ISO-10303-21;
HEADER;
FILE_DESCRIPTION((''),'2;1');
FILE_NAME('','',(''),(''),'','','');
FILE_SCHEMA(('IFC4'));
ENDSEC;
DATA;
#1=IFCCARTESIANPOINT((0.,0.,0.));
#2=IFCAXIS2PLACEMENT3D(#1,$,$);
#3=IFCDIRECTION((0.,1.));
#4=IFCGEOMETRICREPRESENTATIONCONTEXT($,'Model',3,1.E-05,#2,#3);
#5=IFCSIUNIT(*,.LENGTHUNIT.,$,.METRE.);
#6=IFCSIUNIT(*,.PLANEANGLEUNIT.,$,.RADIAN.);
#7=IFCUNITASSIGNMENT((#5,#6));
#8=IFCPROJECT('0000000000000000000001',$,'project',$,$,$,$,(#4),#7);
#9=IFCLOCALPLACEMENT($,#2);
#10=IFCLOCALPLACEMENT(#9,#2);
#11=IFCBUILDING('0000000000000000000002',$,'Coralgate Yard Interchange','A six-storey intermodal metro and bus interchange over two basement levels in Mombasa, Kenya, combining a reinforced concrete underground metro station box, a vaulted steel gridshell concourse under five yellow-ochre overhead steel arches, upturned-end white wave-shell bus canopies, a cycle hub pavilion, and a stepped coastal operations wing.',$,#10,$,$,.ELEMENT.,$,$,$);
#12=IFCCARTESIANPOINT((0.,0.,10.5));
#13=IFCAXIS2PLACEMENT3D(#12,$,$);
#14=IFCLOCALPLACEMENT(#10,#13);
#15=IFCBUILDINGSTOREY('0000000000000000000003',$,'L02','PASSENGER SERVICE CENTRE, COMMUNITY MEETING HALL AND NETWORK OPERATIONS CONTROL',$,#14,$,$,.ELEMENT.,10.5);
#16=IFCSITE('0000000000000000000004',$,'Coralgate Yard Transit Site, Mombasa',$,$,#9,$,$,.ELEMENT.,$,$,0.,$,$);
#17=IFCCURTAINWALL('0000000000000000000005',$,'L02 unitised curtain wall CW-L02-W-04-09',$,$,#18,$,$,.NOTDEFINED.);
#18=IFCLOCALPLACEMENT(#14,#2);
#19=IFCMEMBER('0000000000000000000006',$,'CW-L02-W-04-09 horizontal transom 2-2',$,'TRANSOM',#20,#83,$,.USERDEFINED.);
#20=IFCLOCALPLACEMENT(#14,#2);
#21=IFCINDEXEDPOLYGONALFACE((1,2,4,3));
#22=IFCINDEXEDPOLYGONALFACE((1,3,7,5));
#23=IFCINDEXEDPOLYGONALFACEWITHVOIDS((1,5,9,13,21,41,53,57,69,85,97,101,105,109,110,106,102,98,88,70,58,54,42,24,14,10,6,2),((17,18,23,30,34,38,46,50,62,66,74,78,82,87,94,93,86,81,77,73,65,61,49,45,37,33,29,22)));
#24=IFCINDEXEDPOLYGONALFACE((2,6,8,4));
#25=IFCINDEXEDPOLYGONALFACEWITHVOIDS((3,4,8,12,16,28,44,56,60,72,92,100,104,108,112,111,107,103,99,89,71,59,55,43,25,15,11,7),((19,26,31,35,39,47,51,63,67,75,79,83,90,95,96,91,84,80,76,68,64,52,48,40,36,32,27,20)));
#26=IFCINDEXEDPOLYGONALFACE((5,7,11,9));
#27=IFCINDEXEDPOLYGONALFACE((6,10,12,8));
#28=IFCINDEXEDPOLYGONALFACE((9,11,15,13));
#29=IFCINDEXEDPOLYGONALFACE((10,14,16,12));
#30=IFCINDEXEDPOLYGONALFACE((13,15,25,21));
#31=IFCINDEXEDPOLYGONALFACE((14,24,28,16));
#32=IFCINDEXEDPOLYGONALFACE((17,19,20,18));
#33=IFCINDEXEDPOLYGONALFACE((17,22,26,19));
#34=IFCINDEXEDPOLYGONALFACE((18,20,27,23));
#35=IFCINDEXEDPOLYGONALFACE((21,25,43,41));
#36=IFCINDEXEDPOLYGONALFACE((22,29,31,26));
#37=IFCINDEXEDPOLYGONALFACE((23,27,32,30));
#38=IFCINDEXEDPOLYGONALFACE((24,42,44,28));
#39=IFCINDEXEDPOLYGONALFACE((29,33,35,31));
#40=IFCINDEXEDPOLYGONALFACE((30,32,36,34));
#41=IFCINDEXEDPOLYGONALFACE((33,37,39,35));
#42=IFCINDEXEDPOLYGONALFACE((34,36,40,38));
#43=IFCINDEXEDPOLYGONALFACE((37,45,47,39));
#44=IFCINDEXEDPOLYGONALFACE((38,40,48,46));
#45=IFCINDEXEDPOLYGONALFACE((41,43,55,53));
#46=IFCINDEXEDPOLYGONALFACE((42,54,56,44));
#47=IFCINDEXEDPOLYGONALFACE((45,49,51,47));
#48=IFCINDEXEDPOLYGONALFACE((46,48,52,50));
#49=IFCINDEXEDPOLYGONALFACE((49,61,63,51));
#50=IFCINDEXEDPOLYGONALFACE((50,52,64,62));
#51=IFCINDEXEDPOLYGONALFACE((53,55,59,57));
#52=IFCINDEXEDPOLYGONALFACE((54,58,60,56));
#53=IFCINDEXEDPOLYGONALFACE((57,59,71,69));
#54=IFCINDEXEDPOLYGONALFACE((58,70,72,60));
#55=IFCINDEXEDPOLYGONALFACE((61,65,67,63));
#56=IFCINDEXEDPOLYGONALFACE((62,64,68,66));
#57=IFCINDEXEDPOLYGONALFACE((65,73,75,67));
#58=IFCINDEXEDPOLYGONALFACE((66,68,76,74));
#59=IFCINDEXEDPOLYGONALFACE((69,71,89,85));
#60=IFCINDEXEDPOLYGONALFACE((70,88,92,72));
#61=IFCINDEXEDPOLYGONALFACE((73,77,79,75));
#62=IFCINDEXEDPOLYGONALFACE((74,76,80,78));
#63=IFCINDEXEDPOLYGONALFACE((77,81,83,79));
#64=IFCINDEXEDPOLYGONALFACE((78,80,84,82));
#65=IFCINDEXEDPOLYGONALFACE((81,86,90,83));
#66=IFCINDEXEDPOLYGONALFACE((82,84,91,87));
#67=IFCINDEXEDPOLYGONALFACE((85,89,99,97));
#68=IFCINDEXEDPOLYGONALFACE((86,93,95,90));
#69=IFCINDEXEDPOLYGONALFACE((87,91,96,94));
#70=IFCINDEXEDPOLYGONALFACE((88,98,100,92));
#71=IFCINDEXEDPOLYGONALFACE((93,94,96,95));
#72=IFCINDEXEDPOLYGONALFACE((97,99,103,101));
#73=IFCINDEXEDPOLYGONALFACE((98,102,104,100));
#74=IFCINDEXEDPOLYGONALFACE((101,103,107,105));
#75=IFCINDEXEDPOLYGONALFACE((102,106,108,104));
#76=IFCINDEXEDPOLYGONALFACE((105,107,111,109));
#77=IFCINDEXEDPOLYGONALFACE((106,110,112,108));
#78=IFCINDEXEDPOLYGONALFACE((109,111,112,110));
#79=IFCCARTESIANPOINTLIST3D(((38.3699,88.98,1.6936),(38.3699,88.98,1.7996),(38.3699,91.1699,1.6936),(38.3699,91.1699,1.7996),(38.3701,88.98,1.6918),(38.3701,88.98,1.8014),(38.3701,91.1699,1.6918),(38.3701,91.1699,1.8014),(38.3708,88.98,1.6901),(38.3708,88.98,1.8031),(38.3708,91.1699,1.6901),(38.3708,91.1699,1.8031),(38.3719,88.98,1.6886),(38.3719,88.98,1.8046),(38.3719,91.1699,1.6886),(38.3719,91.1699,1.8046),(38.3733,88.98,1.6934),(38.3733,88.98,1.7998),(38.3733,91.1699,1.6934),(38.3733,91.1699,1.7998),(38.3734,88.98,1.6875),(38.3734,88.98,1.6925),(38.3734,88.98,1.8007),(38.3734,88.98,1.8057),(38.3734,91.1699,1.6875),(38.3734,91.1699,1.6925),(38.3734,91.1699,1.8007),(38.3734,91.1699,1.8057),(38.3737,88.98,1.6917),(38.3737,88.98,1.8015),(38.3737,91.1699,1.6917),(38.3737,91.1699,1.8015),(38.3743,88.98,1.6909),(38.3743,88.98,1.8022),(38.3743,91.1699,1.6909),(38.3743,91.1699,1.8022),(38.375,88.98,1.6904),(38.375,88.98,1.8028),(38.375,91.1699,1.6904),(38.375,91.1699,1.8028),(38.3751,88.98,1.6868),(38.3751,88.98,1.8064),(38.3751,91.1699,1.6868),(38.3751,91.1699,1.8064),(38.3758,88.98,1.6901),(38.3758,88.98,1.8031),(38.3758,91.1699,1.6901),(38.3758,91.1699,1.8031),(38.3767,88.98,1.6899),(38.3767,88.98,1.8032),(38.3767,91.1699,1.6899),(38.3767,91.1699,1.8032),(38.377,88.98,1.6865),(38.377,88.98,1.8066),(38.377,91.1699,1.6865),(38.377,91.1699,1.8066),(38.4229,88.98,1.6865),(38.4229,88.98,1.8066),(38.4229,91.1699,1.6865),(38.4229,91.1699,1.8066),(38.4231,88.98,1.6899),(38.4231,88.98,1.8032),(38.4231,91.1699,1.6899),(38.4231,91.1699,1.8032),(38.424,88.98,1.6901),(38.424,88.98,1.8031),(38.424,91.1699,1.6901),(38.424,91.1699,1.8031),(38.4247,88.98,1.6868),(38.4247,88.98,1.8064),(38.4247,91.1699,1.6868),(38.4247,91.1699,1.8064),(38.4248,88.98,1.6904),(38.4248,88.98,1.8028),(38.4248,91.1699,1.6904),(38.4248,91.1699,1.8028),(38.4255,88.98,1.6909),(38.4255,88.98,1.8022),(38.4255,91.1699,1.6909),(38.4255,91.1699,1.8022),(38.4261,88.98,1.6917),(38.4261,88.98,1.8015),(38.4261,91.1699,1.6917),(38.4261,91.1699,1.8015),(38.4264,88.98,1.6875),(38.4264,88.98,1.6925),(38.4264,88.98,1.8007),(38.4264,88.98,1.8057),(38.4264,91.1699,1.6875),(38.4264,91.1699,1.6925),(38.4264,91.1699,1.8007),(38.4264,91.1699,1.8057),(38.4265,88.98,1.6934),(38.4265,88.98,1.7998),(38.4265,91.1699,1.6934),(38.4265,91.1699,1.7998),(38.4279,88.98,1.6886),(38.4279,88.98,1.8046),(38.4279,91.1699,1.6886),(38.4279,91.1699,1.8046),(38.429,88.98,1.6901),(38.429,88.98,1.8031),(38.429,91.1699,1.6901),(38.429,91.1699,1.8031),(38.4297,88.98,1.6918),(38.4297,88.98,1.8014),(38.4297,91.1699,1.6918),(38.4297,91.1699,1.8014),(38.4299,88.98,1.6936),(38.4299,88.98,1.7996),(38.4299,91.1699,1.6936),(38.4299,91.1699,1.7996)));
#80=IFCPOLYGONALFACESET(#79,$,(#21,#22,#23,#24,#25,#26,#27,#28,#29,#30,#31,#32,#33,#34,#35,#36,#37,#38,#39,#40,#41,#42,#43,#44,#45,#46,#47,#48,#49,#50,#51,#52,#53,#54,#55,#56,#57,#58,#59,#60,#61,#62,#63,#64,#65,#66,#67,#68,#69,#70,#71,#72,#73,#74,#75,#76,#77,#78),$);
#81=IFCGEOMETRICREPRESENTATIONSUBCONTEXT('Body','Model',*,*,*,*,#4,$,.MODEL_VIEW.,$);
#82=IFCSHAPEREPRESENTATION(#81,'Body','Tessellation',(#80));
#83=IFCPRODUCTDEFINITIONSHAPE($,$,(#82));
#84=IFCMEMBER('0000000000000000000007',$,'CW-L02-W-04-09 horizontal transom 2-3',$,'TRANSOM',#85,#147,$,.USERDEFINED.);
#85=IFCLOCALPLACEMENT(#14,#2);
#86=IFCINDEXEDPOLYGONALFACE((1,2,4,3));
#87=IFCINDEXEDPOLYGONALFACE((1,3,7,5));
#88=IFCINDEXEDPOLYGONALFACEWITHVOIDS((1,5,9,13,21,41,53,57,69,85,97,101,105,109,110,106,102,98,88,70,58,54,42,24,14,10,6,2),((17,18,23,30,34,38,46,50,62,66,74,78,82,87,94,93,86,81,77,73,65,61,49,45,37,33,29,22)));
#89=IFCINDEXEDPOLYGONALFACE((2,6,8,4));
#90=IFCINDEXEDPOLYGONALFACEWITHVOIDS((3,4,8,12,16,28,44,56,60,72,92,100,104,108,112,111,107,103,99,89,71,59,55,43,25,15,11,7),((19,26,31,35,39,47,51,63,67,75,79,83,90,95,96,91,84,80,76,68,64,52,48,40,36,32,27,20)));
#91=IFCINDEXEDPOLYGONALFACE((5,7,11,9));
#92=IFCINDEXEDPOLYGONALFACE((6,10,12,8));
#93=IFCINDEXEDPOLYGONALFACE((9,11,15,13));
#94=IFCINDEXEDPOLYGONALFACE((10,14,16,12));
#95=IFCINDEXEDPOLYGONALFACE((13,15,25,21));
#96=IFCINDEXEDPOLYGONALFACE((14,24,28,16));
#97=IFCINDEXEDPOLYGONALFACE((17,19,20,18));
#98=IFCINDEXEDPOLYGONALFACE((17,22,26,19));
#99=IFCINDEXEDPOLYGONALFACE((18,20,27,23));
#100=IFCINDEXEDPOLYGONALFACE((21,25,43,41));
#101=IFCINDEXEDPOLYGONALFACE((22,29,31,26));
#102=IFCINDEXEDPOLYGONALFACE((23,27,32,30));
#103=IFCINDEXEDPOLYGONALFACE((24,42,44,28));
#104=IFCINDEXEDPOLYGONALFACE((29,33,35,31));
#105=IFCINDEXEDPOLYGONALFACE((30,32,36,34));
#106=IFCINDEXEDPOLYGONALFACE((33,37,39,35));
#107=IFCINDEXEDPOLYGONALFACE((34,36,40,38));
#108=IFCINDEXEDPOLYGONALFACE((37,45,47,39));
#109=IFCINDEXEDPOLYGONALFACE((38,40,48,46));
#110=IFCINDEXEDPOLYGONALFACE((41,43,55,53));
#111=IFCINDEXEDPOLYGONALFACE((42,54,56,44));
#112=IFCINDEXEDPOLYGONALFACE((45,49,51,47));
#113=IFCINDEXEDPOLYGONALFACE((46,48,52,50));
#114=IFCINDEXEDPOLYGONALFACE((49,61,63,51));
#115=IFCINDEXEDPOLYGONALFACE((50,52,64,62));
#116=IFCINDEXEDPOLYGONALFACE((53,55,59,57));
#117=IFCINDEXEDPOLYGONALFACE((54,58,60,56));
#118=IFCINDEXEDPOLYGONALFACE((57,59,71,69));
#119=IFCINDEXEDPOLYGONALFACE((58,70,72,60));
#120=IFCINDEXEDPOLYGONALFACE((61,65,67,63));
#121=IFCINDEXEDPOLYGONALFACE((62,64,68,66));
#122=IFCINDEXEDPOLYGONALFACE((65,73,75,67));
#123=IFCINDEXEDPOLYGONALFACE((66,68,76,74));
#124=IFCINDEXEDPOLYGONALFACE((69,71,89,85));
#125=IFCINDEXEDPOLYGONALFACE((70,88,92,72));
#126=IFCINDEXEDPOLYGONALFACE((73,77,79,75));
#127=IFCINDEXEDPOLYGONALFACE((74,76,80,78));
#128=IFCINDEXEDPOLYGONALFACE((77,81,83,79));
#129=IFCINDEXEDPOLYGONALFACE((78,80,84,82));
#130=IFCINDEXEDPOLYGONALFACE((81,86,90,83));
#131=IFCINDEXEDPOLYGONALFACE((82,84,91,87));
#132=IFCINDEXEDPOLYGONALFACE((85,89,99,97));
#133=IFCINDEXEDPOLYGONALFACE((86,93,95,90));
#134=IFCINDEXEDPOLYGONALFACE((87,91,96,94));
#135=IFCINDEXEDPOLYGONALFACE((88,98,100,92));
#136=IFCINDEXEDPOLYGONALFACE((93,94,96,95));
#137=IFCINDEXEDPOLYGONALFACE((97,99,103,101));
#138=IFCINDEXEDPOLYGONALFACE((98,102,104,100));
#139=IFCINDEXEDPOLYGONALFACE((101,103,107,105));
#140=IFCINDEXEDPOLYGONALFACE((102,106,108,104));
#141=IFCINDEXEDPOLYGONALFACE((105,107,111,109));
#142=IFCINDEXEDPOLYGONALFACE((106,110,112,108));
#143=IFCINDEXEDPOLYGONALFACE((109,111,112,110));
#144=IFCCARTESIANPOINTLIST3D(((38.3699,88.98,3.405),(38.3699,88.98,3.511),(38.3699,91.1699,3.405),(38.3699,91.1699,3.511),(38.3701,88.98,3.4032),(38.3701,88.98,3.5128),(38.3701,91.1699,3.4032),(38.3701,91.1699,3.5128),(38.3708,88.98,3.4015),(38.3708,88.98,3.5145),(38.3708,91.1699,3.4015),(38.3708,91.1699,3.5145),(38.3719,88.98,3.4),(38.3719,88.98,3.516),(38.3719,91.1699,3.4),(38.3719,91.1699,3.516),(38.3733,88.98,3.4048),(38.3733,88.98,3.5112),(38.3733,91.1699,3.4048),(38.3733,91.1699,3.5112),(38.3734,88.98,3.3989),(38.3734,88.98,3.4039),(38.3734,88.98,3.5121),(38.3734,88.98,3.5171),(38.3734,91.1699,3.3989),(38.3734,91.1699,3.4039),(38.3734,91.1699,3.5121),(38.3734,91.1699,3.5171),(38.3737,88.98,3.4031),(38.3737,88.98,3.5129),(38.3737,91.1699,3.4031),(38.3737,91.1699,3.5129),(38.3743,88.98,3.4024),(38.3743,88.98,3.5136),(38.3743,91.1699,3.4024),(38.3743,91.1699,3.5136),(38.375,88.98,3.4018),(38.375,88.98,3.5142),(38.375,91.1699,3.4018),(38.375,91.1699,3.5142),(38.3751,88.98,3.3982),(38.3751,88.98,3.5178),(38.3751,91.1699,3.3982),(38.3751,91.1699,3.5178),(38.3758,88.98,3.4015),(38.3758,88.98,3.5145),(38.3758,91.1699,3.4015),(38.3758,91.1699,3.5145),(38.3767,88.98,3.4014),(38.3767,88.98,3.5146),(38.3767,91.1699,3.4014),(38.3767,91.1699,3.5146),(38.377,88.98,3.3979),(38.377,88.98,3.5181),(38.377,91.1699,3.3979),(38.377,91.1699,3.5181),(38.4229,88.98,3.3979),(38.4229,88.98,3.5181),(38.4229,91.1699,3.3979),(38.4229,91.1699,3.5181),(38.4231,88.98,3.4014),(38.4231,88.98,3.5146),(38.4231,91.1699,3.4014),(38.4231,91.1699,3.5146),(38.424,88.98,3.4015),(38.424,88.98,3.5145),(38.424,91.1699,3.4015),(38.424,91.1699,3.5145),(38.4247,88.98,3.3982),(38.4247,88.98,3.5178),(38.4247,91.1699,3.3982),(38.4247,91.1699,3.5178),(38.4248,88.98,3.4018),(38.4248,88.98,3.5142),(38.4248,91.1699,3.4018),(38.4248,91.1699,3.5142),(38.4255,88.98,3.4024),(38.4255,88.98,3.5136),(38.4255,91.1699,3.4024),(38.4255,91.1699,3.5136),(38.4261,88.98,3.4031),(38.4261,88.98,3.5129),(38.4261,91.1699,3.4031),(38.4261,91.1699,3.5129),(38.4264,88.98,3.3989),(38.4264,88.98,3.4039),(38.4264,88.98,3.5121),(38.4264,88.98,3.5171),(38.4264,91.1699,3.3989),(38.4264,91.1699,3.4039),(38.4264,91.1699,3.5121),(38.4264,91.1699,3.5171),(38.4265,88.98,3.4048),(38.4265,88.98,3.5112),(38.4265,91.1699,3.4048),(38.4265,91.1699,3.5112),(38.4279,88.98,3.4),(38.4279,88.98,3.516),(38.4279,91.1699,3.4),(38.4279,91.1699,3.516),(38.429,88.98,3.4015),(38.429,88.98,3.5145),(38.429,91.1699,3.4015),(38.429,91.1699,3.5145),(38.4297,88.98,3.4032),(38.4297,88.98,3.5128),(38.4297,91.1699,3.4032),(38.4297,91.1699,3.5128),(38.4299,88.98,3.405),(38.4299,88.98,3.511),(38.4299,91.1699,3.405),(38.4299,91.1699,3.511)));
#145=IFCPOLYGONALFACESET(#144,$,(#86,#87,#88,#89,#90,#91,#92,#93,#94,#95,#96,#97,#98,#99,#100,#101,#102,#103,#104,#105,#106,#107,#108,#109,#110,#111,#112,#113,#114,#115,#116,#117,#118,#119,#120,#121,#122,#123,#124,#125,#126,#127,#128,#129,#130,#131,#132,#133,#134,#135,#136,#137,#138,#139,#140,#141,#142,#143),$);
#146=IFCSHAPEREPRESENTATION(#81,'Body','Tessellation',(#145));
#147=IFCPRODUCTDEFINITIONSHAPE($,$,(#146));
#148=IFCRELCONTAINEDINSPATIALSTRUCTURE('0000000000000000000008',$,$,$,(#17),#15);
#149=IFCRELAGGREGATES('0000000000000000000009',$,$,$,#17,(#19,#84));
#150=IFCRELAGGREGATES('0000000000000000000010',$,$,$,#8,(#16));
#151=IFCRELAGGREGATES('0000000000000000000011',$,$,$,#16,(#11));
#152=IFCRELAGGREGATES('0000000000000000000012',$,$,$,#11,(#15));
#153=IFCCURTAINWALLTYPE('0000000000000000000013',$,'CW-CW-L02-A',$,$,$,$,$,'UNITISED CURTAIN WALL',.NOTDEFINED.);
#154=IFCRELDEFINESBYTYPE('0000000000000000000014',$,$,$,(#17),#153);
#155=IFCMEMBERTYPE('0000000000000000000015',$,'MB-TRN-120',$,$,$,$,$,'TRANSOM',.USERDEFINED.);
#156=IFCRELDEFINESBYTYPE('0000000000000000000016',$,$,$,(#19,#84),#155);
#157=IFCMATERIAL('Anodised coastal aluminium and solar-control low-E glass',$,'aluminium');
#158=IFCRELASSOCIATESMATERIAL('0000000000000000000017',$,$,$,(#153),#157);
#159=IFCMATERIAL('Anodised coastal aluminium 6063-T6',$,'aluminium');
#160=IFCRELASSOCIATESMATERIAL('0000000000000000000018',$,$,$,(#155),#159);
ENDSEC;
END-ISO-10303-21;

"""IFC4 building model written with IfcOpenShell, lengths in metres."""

from ifc_helpers import new_model, si_unit, direction, frame, origin, origin_2d, place, context, subcontext, project, spatial, hollow_rectangle, extrude, material, material_profile, profile_set, type_object, element, aggregate, save


model = new_model("IFC4")

# Units and contexts
model_context = context("Model", 3, precision=1e-05, world=origin(), true_north=direction((0.0, 1.0)))
body_context = subcontext(model_context, "Body", "Model", "MODEL_VIEW")
ifc_project = project(units=[si_unit("LENGTHUNIT", "METRE"), si_unit("PLANEANGLEUNIT", "RADIAN")], contexts=[model_context])

# Site, building, storey
site_placement = place(None, origin())
site = spatial("IfcSite", under=ifc_project, at=site_placement, Name="Coralgate Yard Transit Site, Mombasa", CompositionType="ELEMENT", RefElevation=0.0)
building_placement = place(site_placement, origin())
building = spatial("IfcBuilding", under=site, at=building_placement, Name="Coralgate Yard Interchange", Description="A six-storey intermodal metro and bus interchange over two basement levels in Mombasa, Kenya, combining a reinforced concrete underground metro station box, a vaulted steel gridshell concourse under five yellow-ochre overhead steel arches, upturned-end white wave-shell bus canopies, a cycle hub pavilion, and a stepped coastal operations wing.", CompositionType="ELEMENT")
storey_placement = place(building_placement, frame((0.0, 0.0, 10.5)))
storey = spatial("IfcBuildingStorey", under=building, at=storey_placement, Name="L02", Description="PASSENGER SERVICE CENTRE, COMMUNITY MEETING HALL AND NETWORK OPERATIONS CONTROL", CompositionType="ELEMENT", Elevation=10.5)

# Curtain wall
ifc_material_1 = material(Name="Anodised coastal aluminium and solar-control low-E glass", Category="aluminium")
curtain_wall_type = type_object("IfcCurtainWallType", Name="CW-CW-L02-A", ElementType="UNITISED CURTAIN WALL", PredefinedType="NOTDEFINED", material=ifc_material_1)
curtain_wall_1_placement = place(storey_placement, origin())
curtain_wall_1 = element("IfcCurtainWall", 1, at=curtain_wall_1_placement, inside=storey, type_object=curtain_wall_type, Name="L02 unitised curtain wall CW-L02-W-04-09", PredefinedType="NOTDEFINED")
ifc_material_2 = material(Name="Anodised coastal aluminium 6063-T6", Category="aluminium")

# Members
ifc_material_profile_1 = material_profile(ifc_material_2, hollow_rectangle(XDim=0.0601, YDim=0.1201, WallThickness=0.0034, InnerFilletRadius=0.0034, OuterFilletRadius=0.0071, at=origin_2d()), Name="ALU 60x120x3.5")
ifc_profile_set_1 = profile_set([ifc_material_profile_1], Name="Anodised coastal aluminium 6063-T6")
member_type_1 = type_object("IfcMemberType", Name="MB-TRN-120", ElementType="TRANSOM", PredefinedType="USERDEFINED", material=ifc_profile_set_1)
member_1_placement = place(storey_placement, frame((38.3999, 88.98, 1.7466), z_axis=(0.0, 1.0, 0.0), x_axis=(-1.0, 0.0, 0.0)))
member_1 = element("IfcMember", 2, at=member_1_placement, type_object=member_type_1, Name="CW-L02-W-04-09 horizontal transom 2-2", ObjectType="TRANSOM", PredefinedType="USERDEFINED", context=body_context, shape_type="SweptSolid", body=[
    extrude(hollow_rectangle(XDim=0.0601, YDim=0.1201, WallThickness=0.0034, InnerFilletRadius=0.0034, OuterFilletRadius=0.0071, at=origin_2d()), origin(), (0.0, 0.0, 1.0), 2.1899),
])
member_2_placement = place(storey_placement, frame((38.3999, 88.98, 3.458), z_axis=(0.0, 1.0, 0.0), x_axis=(-1.0, 0.0, 0.0)))
member_2 = element("IfcMember", 3, at=member_2_placement, type_object=member_type_1, Name="CW-L02-W-04-09 horizontal transom 2-3", ObjectType="TRANSOM", PredefinedType="USERDEFINED", context=body_context, shape_type="SweptSolid", body=[
    extrude(hollow_rectangle(XDim=0.0601, YDim=0.1201, WallThickness=0.0034, InnerFilletRadius=0.0034, OuterFilletRadius=0.0071, at=origin_2d()), origin(), (0.0, 0.0, 1.0), 2.1899),
])

aggregate(curtain_wall_1, [member_1, member_2])

save(model, "model.ifc")
